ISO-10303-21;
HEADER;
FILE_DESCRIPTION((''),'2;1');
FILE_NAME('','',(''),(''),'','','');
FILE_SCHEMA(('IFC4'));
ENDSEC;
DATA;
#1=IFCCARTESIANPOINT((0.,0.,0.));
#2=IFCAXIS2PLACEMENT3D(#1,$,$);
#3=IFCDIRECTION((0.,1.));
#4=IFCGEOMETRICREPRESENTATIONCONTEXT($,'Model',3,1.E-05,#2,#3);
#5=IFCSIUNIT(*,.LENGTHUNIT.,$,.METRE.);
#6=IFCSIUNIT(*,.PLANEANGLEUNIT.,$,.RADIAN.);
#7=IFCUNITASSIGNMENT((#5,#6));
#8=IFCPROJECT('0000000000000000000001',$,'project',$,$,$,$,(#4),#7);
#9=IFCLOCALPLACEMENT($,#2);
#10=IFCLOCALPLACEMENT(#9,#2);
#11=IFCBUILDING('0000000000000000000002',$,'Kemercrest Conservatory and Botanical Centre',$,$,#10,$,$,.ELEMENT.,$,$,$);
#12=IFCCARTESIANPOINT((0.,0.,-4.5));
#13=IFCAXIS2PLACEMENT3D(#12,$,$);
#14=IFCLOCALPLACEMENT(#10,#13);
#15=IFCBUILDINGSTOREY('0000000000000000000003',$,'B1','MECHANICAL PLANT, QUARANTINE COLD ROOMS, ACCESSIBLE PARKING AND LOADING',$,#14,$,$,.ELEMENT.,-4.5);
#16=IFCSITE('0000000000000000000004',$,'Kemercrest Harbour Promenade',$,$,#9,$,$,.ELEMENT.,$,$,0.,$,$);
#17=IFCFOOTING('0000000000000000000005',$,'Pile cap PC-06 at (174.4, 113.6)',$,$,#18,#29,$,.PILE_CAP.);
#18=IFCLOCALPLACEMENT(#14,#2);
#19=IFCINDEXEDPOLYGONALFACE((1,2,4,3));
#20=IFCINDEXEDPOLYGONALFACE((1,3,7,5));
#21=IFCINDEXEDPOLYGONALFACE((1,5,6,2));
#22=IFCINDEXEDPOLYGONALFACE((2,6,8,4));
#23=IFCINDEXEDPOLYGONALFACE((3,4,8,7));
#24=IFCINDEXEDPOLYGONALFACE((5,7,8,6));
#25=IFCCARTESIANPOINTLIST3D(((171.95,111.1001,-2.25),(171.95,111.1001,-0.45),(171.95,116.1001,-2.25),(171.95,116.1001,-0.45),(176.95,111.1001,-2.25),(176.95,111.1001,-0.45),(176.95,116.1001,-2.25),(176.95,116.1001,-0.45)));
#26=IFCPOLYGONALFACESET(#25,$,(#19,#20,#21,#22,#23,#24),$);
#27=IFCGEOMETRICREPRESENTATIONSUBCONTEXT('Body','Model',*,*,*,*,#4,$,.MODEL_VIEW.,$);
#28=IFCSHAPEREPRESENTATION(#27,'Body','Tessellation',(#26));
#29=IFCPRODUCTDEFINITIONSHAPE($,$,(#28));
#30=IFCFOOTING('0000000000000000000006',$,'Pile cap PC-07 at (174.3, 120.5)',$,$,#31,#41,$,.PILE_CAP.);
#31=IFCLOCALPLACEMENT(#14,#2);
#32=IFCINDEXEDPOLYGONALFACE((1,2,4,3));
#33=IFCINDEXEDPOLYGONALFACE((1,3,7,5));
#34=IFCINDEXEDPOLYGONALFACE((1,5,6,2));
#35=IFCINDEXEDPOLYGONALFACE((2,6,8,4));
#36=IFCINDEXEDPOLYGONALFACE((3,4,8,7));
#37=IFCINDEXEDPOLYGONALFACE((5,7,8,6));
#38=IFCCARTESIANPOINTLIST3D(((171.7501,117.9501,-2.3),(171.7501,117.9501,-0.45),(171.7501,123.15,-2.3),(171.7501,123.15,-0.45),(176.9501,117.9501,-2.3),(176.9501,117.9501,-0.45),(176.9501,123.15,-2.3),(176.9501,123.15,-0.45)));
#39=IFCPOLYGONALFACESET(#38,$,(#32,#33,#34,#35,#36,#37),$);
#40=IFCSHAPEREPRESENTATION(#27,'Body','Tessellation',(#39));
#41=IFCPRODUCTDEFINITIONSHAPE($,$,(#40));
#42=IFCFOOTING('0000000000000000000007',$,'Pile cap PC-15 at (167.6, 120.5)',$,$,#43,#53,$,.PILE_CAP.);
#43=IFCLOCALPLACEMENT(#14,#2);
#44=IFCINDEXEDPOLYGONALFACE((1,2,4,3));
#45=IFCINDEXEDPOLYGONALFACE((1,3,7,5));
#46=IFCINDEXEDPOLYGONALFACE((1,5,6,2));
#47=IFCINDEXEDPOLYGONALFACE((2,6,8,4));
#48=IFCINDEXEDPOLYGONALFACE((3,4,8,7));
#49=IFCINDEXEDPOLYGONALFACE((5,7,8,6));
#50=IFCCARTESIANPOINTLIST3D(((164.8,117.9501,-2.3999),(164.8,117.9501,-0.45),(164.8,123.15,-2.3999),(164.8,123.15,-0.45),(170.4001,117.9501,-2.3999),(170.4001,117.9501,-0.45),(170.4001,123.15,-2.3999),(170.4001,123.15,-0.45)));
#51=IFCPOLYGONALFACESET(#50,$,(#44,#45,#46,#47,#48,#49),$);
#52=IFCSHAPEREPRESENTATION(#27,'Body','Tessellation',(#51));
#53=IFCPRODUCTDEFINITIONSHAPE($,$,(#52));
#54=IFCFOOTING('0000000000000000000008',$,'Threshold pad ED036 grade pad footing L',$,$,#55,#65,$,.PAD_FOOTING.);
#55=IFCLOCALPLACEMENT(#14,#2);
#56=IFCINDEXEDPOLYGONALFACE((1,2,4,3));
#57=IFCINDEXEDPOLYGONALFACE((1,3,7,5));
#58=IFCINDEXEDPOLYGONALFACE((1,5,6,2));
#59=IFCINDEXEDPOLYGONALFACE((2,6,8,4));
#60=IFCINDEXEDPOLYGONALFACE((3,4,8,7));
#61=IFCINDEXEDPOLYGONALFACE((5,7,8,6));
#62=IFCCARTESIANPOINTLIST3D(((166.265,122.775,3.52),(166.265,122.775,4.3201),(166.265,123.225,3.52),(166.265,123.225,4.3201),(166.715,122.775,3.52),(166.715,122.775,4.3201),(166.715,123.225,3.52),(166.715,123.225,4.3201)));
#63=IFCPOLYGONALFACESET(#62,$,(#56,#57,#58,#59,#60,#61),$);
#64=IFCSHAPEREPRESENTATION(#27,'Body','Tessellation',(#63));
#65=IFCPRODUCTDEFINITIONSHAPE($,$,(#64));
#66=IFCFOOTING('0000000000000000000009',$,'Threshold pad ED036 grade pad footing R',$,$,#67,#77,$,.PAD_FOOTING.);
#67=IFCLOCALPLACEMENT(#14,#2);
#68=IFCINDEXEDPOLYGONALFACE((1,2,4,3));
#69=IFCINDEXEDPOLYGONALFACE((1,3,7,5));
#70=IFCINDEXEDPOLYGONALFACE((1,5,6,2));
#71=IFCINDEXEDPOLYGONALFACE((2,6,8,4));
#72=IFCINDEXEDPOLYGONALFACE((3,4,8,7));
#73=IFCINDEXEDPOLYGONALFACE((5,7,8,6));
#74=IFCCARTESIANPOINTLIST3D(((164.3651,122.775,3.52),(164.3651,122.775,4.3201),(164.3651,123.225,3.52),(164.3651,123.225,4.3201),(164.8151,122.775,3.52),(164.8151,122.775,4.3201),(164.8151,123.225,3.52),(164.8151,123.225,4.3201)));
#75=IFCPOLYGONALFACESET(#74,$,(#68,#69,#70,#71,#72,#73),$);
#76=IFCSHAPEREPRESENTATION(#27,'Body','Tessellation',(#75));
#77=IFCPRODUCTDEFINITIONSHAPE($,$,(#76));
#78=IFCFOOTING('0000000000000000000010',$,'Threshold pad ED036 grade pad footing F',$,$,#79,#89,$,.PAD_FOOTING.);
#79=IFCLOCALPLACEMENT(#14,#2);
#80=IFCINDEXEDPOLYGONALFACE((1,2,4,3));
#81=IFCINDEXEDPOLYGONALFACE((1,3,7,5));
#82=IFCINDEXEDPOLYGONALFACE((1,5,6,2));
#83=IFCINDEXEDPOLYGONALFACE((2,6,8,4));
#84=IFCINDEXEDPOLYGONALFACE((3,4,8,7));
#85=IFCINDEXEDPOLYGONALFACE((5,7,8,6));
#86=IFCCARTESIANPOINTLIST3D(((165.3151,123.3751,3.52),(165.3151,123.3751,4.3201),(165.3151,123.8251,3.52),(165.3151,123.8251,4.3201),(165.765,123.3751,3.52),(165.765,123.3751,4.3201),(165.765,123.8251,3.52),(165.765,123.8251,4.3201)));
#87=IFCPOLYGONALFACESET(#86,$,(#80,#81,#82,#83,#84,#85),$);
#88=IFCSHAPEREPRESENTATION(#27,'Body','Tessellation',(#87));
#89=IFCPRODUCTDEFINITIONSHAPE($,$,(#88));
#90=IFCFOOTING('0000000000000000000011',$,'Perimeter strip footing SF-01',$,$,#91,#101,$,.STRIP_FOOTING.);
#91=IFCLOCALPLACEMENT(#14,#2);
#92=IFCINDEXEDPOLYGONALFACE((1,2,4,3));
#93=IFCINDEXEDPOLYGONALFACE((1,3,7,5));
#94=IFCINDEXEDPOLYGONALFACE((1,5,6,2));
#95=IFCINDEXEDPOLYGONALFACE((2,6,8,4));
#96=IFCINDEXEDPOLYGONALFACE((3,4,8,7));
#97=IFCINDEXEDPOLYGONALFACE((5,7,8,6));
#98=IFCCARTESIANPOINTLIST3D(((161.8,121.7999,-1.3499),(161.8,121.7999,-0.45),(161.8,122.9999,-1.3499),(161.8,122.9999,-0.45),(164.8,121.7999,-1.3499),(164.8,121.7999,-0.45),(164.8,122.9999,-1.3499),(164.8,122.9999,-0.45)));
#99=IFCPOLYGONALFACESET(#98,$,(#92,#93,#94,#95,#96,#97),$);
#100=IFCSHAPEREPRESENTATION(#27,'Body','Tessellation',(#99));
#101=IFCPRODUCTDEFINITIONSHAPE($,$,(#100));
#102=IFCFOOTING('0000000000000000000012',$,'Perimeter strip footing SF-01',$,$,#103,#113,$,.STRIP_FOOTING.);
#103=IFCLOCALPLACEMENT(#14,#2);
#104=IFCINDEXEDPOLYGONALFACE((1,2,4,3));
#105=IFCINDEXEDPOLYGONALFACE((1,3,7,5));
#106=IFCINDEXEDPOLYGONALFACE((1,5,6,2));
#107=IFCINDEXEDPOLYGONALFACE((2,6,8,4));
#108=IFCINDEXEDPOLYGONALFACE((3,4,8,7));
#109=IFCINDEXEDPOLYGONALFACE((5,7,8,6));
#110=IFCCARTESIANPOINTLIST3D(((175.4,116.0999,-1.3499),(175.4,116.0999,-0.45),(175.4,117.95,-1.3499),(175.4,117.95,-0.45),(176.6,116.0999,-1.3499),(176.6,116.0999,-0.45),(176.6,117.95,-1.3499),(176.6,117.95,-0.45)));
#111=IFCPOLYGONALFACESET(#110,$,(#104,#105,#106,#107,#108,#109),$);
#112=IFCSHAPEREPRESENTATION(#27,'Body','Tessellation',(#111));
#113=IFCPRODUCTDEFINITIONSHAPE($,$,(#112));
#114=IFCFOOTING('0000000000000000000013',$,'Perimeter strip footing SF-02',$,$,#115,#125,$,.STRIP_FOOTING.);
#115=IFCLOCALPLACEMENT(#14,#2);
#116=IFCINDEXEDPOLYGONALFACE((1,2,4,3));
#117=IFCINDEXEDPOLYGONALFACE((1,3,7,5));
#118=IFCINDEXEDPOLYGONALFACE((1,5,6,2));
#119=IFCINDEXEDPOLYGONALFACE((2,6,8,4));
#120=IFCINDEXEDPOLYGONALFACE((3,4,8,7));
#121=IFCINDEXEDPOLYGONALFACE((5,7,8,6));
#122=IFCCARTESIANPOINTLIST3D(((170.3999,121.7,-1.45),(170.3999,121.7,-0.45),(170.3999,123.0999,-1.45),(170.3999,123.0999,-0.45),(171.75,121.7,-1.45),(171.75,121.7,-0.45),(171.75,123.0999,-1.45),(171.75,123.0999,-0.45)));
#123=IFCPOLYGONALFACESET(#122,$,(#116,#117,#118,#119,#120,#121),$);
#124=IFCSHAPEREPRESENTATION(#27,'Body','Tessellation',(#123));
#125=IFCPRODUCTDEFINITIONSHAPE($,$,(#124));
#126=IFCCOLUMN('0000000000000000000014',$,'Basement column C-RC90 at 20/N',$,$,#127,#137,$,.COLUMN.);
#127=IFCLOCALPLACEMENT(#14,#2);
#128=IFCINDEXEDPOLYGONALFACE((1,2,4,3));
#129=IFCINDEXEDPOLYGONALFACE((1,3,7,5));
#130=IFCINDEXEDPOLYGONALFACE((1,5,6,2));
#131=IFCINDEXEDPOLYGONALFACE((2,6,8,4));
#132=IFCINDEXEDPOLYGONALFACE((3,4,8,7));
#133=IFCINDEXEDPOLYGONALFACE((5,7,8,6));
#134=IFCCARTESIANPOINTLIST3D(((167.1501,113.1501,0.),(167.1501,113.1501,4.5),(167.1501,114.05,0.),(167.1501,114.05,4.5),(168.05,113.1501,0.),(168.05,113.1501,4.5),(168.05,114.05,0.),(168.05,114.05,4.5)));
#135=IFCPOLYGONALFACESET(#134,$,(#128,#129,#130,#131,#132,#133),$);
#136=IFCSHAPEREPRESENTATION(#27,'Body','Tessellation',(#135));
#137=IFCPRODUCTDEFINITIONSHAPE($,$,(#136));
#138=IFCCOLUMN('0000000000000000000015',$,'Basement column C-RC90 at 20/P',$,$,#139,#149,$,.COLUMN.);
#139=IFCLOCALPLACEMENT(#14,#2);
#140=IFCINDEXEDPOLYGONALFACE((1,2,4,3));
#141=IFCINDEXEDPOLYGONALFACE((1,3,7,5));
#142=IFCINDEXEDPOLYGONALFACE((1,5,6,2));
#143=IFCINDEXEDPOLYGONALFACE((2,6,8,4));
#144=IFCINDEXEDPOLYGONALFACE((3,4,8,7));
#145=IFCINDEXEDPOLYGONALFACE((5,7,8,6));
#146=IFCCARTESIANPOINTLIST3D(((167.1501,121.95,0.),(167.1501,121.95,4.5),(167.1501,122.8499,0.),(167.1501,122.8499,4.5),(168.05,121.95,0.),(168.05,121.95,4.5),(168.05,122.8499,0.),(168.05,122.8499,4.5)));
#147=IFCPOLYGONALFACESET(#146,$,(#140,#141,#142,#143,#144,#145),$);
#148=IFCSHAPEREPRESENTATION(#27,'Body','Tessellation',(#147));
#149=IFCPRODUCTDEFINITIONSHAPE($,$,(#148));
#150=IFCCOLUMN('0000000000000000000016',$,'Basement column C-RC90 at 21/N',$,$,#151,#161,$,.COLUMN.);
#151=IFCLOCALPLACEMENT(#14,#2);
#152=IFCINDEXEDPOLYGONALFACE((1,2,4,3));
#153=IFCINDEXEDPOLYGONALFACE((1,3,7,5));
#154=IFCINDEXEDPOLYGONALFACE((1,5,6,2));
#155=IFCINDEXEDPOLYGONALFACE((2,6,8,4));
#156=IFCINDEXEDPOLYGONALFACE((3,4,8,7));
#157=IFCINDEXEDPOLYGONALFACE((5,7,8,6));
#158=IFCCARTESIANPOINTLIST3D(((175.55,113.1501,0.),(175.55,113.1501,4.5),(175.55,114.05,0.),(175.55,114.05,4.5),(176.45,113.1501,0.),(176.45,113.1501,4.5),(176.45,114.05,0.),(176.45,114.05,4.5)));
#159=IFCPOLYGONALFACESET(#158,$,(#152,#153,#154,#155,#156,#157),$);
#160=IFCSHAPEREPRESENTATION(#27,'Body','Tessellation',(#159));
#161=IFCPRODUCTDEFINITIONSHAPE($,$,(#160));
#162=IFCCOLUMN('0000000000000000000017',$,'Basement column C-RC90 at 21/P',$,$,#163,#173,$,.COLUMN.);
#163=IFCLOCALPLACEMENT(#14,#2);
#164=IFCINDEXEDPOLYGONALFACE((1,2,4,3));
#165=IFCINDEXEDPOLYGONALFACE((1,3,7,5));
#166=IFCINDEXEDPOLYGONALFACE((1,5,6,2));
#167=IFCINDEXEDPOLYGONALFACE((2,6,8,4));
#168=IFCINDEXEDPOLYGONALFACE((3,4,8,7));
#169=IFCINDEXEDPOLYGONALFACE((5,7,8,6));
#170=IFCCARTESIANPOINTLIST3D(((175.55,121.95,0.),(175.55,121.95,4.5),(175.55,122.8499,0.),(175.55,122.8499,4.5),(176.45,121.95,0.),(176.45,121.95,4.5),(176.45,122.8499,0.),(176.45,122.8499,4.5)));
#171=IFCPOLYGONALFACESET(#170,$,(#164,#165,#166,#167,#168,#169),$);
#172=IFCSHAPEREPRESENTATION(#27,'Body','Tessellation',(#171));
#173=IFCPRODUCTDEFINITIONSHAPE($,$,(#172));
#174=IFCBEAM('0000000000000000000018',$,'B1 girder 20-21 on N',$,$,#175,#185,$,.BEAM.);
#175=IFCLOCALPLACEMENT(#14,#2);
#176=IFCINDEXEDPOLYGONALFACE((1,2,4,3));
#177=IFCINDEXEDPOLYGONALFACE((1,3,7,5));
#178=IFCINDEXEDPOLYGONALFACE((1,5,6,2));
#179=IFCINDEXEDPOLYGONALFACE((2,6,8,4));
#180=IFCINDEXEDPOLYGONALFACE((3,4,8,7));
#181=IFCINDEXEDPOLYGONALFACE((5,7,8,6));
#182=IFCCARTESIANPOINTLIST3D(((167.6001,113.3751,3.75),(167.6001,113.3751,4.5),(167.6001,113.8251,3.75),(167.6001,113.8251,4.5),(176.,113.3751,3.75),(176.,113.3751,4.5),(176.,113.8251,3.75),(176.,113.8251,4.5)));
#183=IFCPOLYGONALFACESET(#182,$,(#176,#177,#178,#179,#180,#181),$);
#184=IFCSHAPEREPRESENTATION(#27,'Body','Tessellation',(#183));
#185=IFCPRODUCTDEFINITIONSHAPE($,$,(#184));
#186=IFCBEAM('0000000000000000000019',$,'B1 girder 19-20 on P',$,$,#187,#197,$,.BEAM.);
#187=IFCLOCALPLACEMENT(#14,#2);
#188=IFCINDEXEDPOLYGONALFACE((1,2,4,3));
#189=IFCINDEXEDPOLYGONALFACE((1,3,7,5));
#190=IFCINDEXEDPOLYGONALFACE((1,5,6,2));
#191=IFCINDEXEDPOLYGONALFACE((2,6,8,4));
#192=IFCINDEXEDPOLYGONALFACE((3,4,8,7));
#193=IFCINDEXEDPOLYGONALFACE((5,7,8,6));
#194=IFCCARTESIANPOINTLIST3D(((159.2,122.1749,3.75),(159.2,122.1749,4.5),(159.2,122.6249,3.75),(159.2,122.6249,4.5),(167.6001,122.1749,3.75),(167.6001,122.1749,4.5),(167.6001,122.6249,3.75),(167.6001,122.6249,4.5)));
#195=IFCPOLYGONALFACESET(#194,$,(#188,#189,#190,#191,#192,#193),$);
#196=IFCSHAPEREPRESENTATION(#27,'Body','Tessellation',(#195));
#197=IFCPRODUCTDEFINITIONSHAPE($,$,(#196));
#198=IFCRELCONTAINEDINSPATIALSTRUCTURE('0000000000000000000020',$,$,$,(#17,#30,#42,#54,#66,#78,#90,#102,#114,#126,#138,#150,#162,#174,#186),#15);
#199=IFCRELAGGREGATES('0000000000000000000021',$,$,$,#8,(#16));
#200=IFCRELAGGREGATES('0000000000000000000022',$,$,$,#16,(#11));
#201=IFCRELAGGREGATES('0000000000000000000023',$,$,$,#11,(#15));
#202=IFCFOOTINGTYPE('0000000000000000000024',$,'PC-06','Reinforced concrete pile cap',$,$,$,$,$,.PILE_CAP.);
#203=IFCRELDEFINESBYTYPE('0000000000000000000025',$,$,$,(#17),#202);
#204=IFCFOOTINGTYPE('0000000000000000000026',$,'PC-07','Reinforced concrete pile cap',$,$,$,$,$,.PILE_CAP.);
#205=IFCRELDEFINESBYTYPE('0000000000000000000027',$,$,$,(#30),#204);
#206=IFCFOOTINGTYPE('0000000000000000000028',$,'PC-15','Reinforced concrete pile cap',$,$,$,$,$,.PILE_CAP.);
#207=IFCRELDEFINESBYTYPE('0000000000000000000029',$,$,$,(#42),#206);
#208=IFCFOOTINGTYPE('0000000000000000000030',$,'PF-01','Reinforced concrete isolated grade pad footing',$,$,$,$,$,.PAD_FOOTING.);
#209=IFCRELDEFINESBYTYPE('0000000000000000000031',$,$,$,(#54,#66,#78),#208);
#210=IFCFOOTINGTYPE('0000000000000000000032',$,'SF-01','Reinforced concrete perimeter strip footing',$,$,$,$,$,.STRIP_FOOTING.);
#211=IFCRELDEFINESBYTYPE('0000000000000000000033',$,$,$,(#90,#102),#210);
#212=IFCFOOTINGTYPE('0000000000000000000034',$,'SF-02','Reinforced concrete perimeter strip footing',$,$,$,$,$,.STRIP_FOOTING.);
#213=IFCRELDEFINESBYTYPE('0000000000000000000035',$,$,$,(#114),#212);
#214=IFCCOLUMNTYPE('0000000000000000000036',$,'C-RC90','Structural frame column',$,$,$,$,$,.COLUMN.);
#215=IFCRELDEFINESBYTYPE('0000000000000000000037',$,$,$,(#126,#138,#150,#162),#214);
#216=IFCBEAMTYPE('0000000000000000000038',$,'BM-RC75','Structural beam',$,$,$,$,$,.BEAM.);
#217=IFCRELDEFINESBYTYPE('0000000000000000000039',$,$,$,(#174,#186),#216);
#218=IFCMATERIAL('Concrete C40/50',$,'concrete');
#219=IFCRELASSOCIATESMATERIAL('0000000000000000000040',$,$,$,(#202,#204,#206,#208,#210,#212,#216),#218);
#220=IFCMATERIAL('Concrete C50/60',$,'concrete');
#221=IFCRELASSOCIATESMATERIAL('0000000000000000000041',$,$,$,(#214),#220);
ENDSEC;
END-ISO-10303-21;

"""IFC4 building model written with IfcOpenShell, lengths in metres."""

from ifc_helpers import new_model, si_unit, direction, frame, origin, origin_2d, place, context, subcontext, project, spatial, rectangle, extrude, material, material_profile, profile_set, type_object, element, save


model = new_model("IFC4")

# Units and contexts
model_context = context("Model", 3, precision=1e-05, world=origin(), true_north=direction((0.0, 1.0)))
body_context = subcontext(model_context, "Body", "Model", "MODEL_VIEW")
ifc_project = project(units=[si_unit("LENGTHUNIT", "METRE"), si_unit("PLANEANGLEUNIT", "RADIAN")], contexts=[model_context])

# Site, building, storey
site_placement = place(None, origin())
site = spatial("IfcSite", under=ifc_project, at=site_placement, Name="Kemercrest Harbour Promenade", CompositionType="ELEMENT", RefElevation=0.0)
building_placement = place(site_placement, origin())
building = spatial("IfcBuilding", under=site, at=building_placement, Name="Kemercrest Conservatory and Botanical Centre", CompositionType="ELEMENT")
storey_placement = place(building_placement, frame((0.0, 0.0, -4.5)))
storey = spatial("IfcBuildingStorey", under=building, at=storey_placement, Name="B1", Description="MECHANICAL PLANT, QUARANTINE COLD ROOMS, ACCESSIBLE PARKING AND LOADING", CompositionType="ELEMENT", Elevation=-4.5)

# Shared definitions
ifc_material_1 = material(Name="Concrete C40/50", Category="concrete")

# Footings
footing_type_1 = type_object("IfcFootingType", Name="PC-06", Description="Reinforced concrete pile cap", PredefinedType="PILE_CAP", material=ifc_material_1)
footing_1_placement = place(storey_placement, frame((174.45, 113.6001, -2.25), z_axis=(0.0, 0.0, 1.0), x_axis=(1.0, 0.0, 0.0)))
element("IfcFooting", 1, at=footing_1_placement, inside=storey, type_object=footing_type_1, Name="Pile cap PC-06 at (174.4, 113.6)", PredefinedType="PILE_CAP", context=body_context, shape_type="SweptSolid", body=[
    extrude(rectangle(XDim=5.0, YDim=5.0, at=origin_2d()), origin(), (0.0, 0.0, 1.0), 1.8),
])
footing_type_2 = type_object("IfcFootingType", Name="PC-07", Description="Reinforced concrete pile cap", PredefinedType="PILE_CAP", material=ifc_material_1)
footing_2_placement = place(storey_placement, frame((174.3501, 120.55, -2.3), z_axis=(0.0, 0.0, 1.0), x_axis=(1.0, 0.0, 0.0)))
element("IfcFooting", 2, at=footing_2_placement, inside=storey, type_object=footing_type_2, Name="Pile cap PC-07 at (174.3, 120.5)", PredefinedType="PILE_CAP", context=body_context, shape_type="SweptSolid", body=[
    extrude(rectangle(XDim=5.2, YDim=5.2, at=origin_2d()), origin(), (0.0, 0.0, 1.0), 1.8501),
])
footing_type_3 = type_object("IfcFootingType", Name="PC-15", Description="Reinforced concrete pile cap", PredefinedType="PILE_CAP", material=ifc_material_1)
footing_3_placement = place(storey_placement, frame((167.6001, 120.55, -2.3999), z_axis=(0.0, 0.0, 1.0), x_axis=(1.0, 0.0, 0.0)))
element("IfcFooting", 3, at=footing_3_placement, inside=storey, type_object=footing_type_3, Name="Pile cap PC-15 at (167.6, 120.5)", PredefinedType="PILE_CAP", context=body_context, shape_type="SweptSolid", body=[
    extrude(rectangle(XDim=5.6001, YDim=5.2, at=origin_2d()), origin(), (0.0, 0.0, 1.0), 1.95),
])
footing_type_4 = type_object("IfcFootingType", Name="PF-01", Description="Reinforced concrete isolated grade pad footing", PredefinedType="PAD_FOOTING", material=ifc_material_1)
for number, where, z_axis, x_axis, name in (
    (4, (166.49, 123.0, 3.52), (0.0, 0.0, 1.0), (-1.0, 0.0, 0.0), "Threshold pad ED036 grade pad footing L"),
    (5, (164.5901, 123.0, 3.52), (0.0, 0.0, 1.0), (-1.0, 0.0, 0.0), "Threshold pad ED036 grade pad footing R"),
    (6, (165.54, 123.6001, 3.52), (0.0, 0.0, 1.0), (-1.0, 0.0, 0.0), "Threshold pad ED036 grade pad footing F"),
):
    element("IfcFooting", number, at=place(storey_placement, frame(where, z_axis=z_axis, x_axis=x_axis)), inside=storey, type_object=footing_type_4, Name=name, PredefinedType="PAD_FOOTING", context=body_context, shape_type="SweptSolid", body=[
        extrude(rectangle(XDim=0.45, YDim=0.45, at=origin_2d()), origin(), (0.0, 0.0, 1.0), 0.8),
    ])
footing_type_5 = type_object("IfcFootingType", Name="SF-01", Description="Reinforced concrete perimeter strip footing", PredefinedType="STRIP_FOOTING", material=ifc_material_1)
footing_4_placement = place(storey_placement, frame((163.3, 122.3999, -1.3499), z_axis=(0.0, 0.0, 1.0), x_axis=(1.0, 0.0, 0.0)))
element("IfcFooting", 7, at=footing_4_placement, inside=storey, type_object=footing_type_5, Name="Perimeter strip footing SF-01", PredefinedType="STRIP_FOOTING", context=body_context, shape_type="SweptSolid", body=[
    extrude(rectangle(XDim=3.0, YDim=1.2, at=origin_2d()), origin(), (0.0, 0.0, 1.0), 0.8999),
])
footing_5_placement = place(storey_placement, frame((176.0, 117.0249, -1.3499), z_axis=(0.0, 0.0, 1.0), x_axis=(1.0, 0.0, 0.0)))
element("IfcFooting", 8, at=footing_5_placement, inside=storey, type_object=footing_type_5, Name="Perimeter strip footing SF-01", PredefinedType="STRIP_FOOTING", context=body_context, shape_type="SweptSolid", body=[
    extrude(rectangle(XDim=1.2, YDim=1.8501, at=origin_2d()), origin(), (0.0, 0.0, 1.0), 0.8999),
])
footing_type_6 = type_object("IfcFootingType", Name="SF-02", Description="Reinforced concrete perimeter strip footing", PredefinedType="STRIP_FOOTING", material=ifc_material_1)
footing_6_placement = place(storey_placement, frame((171.075, 122.3999, -1.45), z_axis=(0.0, 0.0, 1.0), x_axis=(1.0, 0.0, 0.0)))
element("IfcFooting", 9, at=footing_6_placement, inside=storey, type_object=footing_type_6, Name="Perimeter strip footing SF-02", PredefinedType="STRIP_FOOTING", context=body_context, shape_type="SweptSolid", body=[
    extrude(rectangle(XDim=1.3501, YDim=1.3999, at=origin_2d()), origin(), (0.0, 0.0, 1.0), 1.0),
])

# Columns
ifc_material_2 = material(Name="Concrete C50/60", Category="concrete")
ifc_material_profile_1 = material_profile(ifc_material_2, rectangle(XDim=0.8999, YDim=0.8999, at=origin_2d()), Name="RC 900x900")
ifc_profile_set_1 = profile_set([ifc_material_profile_1], Name="Concrete C50/60")
column_type = type_object("IfcColumnType", Name="C-RC90", Description="Structural frame column", PredefinedType="COLUMN", material=ifc_profile_set_1)
for number, where, z_axis, x_axis, name in (
    (10, (167.6001, 113.6001, 0.0), (0.0, 0.0, 1.0), (1.0, 0.0, 0.0), "Basement column C-RC90 at 20/N"),
    (11, (167.6001, 122.3999, 0.0), (0.0, 0.0, 1.0), (1.0, 0.0, 0.0), "Basement column C-RC90 at 20/P"),
    (12, (176.0, 113.6001, 0.0), (0.0, 0.0, 1.0), (1.0, 0.0, 0.0), "Basement column C-RC90 at 21/N"),
    (13, (176.0, 122.3999, 0.0), (0.0, 0.0, 1.0), (1.0, 0.0, 0.0), "Basement column C-RC90 at 21/P"),
):
    element("IfcColumn", number, at=place(storey_placement, frame(where, z_axis=z_axis, x_axis=x_axis)), inside=storey, type_object=column_type, Name=name, PredefinedType="COLUMN", context=body_context, shape_type="SweptSolid", body=[
        extrude(rectangle(XDim=0.8999, YDim=0.8999, at=origin_2d()), origin(), (0.0, 0.0, 1.0), 4.5),
    ])

# Beams
ifc_material_profile_2 = material_profile(ifc_material_1, rectangle(XDim=0.45, YDim=0.75, at=origin_2d()), Name="RC 450x750")
ifc_profile_set_2 = profile_set([ifc_material_profile_2], Name="Concrete C40/50")
beam_type = type_object("IfcBeamType", Name="BM-RC75", Description="Structural beam", PredefinedType="BEAM", material=ifc_profile_set_2)
beam_1_placement = place(storey_placement, frame((167.6001, 113.6001, 4.125), z_axis=(1.0, 0.0, 0.0), x_axis=(0.0, 1.0, 0.0)))
element("IfcBeam", 14, at=beam_1_placement, inside=storey, type_object=beam_type, Name="B1 girder 20-21 on N", PredefinedType="BEAM", context=body_context, shape_type="SweptSolid", body=[
    extrude(rectangle(XDim=0.45, YDim=0.75, at=origin_2d()), origin(), (0.0, 0.0, 1.0), 8.3999),
])
beam_2_placement = place(storey_placement, frame((159.2, 122.3999, 4.125), z_axis=(1.0, 0.0, 0.0), x_axis=(0.0, 1.0, 0.0)))
element("IfcBeam", 15, at=beam_2_placement, inside=storey, type_object=beam_type, Name="B1 girder 19-20 on P", PredefinedType="BEAM", context=body_context, shape_type="SweptSolid", body=[
    extrude(rectangle(XDim=0.45, YDim=0.75, at=origin_2d()), origin(), (0.0, 0.0, 1.0), 8.4001),
])

save(model, "model.ifc")
